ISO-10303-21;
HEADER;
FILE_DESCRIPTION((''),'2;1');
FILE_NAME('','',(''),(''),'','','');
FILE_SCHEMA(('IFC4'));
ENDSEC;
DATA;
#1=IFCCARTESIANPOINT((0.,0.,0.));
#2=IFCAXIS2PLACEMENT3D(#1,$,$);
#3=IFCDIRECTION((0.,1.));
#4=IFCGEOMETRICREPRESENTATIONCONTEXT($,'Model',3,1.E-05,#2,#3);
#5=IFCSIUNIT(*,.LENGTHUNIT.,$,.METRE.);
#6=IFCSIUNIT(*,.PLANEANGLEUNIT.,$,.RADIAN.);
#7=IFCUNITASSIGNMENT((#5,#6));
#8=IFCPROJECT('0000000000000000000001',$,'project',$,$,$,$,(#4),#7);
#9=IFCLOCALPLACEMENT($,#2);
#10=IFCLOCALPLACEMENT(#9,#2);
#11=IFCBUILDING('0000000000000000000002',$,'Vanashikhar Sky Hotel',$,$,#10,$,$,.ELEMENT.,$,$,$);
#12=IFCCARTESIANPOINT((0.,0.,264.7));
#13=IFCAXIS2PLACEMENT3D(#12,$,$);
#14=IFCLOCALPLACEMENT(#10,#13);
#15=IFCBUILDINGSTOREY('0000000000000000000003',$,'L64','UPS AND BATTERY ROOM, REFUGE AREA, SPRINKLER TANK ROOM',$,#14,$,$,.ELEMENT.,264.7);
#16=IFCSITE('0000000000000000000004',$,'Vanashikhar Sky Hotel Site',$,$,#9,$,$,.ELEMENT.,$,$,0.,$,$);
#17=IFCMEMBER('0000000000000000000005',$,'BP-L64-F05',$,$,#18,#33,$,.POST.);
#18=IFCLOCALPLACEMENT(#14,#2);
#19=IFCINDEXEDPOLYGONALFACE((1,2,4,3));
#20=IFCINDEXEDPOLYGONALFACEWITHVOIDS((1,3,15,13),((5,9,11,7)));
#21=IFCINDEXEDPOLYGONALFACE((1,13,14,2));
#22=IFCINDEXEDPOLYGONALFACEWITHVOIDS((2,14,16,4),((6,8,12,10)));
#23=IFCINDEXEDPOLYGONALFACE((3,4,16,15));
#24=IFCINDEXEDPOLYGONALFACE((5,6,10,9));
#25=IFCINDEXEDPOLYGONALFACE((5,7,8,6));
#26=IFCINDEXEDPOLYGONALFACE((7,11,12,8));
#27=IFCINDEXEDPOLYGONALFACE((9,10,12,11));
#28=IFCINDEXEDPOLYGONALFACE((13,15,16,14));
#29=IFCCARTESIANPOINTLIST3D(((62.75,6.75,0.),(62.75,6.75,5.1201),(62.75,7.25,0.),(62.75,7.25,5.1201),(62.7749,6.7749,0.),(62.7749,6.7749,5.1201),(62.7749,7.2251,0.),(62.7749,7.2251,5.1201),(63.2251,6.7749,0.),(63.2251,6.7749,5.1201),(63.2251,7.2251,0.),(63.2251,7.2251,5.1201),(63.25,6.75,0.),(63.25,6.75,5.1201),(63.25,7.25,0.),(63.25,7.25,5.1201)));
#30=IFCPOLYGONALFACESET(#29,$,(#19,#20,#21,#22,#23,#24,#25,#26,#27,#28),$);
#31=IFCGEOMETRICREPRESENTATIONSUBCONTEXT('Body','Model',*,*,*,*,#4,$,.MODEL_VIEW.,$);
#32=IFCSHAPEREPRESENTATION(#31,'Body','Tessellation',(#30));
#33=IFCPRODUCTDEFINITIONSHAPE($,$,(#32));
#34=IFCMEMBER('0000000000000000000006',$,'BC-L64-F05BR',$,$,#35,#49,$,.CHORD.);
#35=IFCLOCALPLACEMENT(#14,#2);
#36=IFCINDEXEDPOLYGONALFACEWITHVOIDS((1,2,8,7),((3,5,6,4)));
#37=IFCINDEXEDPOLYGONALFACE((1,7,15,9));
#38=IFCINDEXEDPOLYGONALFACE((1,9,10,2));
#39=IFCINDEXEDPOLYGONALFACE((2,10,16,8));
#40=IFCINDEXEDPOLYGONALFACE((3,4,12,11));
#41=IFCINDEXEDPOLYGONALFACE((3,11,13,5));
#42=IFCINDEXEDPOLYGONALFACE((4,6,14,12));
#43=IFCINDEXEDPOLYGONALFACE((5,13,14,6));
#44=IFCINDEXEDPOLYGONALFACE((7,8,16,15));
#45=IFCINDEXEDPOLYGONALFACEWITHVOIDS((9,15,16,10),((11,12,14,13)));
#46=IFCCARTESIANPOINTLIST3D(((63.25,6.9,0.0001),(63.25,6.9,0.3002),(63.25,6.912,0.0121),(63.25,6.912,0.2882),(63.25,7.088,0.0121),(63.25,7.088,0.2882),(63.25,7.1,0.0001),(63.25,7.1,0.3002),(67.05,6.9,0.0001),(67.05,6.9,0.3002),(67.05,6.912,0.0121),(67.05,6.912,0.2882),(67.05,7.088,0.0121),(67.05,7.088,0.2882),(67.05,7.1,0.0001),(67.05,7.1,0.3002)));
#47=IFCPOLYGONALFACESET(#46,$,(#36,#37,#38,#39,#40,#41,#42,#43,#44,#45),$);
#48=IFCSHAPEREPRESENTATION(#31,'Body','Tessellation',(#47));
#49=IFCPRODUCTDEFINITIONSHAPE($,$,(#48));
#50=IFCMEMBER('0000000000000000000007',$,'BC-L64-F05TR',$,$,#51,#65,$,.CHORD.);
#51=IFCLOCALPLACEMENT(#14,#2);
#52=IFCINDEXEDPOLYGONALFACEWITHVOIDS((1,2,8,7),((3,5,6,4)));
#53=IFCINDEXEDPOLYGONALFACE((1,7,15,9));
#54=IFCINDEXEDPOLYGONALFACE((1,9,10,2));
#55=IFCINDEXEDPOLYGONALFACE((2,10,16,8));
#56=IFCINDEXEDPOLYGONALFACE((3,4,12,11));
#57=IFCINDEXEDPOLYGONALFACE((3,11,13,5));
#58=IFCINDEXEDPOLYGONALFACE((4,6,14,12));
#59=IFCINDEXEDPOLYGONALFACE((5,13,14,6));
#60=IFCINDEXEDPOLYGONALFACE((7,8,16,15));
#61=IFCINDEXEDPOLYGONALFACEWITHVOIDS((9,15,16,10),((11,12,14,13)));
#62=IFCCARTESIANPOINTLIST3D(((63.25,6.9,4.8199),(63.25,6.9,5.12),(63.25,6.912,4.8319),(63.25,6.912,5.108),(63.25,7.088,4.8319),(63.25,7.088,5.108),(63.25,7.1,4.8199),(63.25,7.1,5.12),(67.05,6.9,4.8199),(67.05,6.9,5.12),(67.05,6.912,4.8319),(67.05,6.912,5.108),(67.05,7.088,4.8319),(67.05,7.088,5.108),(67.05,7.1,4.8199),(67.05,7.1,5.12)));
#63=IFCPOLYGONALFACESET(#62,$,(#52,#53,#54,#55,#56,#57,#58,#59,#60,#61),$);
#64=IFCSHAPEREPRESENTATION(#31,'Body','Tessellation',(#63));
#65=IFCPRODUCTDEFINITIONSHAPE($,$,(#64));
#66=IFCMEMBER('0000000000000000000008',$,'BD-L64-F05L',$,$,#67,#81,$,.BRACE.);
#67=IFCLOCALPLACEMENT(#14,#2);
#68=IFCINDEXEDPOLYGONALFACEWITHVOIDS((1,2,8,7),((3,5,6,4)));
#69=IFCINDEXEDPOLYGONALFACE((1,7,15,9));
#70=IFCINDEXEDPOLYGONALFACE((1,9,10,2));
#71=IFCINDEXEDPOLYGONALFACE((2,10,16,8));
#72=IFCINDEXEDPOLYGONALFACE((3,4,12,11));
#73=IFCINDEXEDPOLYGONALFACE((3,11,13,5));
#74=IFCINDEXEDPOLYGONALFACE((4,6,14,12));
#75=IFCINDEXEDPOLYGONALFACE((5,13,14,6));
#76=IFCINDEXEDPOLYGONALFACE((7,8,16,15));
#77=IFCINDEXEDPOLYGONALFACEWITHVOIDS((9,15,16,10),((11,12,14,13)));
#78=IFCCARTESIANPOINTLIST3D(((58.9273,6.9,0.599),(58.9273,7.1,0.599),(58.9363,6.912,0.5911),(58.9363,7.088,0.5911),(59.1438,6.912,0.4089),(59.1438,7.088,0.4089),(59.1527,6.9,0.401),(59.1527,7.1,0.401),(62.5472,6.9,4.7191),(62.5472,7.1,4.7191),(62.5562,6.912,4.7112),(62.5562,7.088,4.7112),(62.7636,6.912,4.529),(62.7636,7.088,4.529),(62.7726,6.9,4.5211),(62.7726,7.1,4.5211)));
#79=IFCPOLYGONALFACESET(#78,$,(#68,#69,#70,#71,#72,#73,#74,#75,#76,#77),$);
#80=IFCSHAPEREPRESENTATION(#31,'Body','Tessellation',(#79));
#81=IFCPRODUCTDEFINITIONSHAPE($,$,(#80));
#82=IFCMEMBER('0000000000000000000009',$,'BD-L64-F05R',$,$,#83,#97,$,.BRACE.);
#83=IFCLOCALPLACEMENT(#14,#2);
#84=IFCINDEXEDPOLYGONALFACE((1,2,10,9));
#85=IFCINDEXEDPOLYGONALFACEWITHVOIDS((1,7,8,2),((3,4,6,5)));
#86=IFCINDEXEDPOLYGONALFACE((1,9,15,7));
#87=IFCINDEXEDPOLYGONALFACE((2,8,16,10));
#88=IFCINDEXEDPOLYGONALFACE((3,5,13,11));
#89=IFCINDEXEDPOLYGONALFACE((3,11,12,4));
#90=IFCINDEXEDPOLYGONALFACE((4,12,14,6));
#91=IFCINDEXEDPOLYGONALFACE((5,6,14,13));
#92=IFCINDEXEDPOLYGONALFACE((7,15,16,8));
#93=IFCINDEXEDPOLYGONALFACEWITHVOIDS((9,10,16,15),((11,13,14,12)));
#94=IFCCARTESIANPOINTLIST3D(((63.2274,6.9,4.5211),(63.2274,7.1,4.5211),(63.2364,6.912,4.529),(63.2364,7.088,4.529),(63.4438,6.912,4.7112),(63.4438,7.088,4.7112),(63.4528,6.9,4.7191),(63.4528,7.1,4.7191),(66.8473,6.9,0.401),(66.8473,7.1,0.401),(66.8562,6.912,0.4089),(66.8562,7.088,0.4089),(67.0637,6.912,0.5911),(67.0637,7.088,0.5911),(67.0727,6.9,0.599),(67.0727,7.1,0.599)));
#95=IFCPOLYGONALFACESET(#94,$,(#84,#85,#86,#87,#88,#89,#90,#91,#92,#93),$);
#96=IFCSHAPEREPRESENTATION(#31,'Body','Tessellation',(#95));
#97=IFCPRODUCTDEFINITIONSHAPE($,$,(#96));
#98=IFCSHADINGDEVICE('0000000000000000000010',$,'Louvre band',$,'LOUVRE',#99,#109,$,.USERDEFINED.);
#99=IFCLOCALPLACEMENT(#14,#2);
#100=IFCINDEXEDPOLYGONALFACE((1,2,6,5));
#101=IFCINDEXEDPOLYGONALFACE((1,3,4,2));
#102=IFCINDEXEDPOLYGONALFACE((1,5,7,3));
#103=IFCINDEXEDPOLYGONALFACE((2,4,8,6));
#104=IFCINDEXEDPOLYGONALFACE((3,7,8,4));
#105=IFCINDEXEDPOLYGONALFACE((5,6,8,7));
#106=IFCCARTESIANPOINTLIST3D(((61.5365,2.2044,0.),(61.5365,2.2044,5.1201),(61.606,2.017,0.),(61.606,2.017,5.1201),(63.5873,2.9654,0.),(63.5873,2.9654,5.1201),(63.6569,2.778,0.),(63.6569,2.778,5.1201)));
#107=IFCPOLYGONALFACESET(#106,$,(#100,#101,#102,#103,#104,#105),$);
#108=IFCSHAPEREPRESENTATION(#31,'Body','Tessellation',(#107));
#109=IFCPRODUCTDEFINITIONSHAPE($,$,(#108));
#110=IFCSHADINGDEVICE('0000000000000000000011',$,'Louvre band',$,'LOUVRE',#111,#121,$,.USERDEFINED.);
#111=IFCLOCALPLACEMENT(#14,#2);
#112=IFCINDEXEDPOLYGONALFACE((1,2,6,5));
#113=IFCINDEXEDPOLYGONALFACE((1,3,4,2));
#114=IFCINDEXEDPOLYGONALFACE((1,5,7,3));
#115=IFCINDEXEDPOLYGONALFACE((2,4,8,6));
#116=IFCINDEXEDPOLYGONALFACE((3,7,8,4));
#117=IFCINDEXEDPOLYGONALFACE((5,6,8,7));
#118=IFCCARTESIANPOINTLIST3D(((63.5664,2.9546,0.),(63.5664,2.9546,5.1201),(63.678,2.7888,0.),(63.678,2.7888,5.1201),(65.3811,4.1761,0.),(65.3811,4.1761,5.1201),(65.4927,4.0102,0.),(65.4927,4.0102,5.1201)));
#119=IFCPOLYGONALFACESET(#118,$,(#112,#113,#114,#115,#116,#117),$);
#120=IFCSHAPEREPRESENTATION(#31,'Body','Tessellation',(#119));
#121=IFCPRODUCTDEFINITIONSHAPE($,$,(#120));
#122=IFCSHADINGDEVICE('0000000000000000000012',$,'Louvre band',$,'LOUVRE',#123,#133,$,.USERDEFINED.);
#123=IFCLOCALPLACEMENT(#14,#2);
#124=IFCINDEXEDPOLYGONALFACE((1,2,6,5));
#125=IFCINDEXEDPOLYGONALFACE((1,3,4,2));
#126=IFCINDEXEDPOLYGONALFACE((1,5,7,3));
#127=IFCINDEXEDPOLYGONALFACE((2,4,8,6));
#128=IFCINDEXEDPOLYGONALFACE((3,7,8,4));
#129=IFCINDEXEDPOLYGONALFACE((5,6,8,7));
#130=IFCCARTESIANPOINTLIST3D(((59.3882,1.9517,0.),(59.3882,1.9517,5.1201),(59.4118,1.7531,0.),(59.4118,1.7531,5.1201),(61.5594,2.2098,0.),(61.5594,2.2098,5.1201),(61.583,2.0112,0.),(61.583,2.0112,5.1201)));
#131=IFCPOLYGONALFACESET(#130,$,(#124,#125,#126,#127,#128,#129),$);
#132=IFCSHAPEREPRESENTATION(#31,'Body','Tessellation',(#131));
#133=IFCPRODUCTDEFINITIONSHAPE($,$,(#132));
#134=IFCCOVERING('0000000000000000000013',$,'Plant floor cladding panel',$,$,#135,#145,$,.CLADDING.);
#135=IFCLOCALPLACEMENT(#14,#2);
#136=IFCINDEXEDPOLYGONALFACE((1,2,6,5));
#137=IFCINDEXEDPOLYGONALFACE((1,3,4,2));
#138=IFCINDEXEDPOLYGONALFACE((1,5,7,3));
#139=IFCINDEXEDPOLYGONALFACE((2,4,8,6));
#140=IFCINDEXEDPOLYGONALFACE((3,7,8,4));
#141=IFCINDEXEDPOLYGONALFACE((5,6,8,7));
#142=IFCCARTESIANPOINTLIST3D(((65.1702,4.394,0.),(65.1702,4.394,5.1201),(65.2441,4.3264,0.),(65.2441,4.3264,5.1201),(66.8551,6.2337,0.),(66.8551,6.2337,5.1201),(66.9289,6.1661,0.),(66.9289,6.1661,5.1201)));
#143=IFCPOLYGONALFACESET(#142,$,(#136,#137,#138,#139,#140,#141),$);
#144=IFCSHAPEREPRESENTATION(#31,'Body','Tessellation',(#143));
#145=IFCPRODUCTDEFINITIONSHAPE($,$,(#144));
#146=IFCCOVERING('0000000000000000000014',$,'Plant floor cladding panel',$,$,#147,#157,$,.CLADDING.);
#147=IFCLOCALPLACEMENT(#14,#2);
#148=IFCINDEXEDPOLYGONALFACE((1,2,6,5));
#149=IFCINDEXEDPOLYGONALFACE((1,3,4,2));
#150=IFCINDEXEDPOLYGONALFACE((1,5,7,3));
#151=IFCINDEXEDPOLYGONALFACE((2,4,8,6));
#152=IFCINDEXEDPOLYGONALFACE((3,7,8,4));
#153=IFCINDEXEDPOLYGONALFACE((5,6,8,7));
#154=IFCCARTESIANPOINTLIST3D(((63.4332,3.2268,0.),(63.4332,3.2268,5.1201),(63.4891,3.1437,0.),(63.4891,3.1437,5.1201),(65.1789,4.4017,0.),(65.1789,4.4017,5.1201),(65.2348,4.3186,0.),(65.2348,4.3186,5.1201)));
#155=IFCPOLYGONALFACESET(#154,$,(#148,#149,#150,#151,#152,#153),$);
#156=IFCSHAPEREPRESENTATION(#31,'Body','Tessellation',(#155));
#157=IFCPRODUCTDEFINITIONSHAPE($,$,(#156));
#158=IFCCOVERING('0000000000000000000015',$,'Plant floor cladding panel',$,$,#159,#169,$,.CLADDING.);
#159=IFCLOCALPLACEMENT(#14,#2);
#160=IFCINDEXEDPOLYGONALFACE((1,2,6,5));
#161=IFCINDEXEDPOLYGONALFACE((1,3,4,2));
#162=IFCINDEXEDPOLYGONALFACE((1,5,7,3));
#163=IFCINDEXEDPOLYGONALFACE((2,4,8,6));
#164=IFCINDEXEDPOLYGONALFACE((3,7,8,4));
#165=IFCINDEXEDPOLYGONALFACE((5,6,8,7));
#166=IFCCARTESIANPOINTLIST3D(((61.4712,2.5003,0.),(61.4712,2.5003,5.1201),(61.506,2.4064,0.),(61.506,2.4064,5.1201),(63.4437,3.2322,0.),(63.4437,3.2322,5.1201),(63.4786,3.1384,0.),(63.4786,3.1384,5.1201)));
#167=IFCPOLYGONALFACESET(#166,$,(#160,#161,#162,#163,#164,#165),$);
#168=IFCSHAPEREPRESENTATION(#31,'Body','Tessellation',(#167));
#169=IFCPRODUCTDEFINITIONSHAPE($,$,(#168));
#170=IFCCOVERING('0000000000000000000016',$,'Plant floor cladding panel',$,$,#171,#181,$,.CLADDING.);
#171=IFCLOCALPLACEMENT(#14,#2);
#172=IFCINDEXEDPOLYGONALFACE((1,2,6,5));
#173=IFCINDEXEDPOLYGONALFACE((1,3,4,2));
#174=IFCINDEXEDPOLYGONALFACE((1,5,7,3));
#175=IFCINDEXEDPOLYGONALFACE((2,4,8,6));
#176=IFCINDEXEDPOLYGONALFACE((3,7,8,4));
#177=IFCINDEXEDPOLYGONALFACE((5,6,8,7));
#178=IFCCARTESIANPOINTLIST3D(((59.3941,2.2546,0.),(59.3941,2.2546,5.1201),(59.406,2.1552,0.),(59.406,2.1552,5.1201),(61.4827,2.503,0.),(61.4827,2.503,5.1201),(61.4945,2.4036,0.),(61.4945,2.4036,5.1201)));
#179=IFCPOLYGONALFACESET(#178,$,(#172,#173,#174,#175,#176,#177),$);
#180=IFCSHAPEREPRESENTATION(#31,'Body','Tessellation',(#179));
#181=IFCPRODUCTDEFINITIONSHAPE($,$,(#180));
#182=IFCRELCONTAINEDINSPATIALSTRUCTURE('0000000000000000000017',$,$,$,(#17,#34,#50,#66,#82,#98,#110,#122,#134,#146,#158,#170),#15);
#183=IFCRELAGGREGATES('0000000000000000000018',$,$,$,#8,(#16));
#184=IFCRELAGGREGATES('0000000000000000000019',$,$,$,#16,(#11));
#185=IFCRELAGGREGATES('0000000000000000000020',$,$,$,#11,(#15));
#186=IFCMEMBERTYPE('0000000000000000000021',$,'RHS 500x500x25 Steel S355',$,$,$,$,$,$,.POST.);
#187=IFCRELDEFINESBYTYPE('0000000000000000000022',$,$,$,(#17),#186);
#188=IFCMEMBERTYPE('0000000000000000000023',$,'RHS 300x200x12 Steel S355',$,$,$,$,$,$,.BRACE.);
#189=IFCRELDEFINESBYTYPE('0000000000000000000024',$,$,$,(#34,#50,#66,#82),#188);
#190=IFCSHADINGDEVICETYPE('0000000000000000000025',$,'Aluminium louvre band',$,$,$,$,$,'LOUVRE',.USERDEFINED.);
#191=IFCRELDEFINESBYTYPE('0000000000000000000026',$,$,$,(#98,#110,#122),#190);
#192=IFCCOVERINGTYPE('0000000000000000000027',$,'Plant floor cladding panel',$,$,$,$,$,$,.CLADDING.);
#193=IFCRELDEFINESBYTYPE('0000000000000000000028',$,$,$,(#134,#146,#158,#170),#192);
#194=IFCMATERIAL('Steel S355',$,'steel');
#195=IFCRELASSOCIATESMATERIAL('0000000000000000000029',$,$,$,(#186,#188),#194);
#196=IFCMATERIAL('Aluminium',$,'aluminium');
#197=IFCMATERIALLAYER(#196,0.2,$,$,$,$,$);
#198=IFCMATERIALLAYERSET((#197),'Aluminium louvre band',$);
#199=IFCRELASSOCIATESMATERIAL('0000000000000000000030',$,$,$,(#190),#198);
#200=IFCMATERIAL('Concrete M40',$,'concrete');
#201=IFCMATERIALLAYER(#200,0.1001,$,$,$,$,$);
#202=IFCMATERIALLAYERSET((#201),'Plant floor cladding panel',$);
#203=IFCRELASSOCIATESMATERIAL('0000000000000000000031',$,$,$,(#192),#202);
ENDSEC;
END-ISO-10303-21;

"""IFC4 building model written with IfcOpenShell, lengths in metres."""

from ifc_helpers import new_model, si_unit, direction, frame, origin, origin_2d, place, context, subcontext, project, spatial, rectangle, hollow_rectangle, extrude, source, transform, mapped, material, layer, layer_set, material_profile, profile_set, type_object, element, save


model = new_model("IFC4")

# Units and contexts
model_context = context("Model", 3, precision=1e-05, world=origin(), true_north=direction((0.0, 1.0)))
body_context = subcontext(model_context, "Body", "Model", "MODEL_VIEW")
ifc_project = project(units=[si_unit("LENGTHUNIT", "METRE"), si_unit("PLANEANGLEUNIT", "RADIAN")], contexts=[model_context])

# Site, building, storey
site_placement = place(None, origin())
site = spatial("IfcSite", under=ifc_project, at=site_placement, Name="Vanashikhar Sky Hotel Site", CompositionType="ELEMENT", RefElevation=0.0)
building_placement = place(site_placement, origin())
building = spatial("IfcBuilding", under=site, at=building_placement, Name="Vanashikhar Sky Hotel", CompositionType="ELEMENT")
storey_placement = place(building_placement, frame((0.0, 0.0, 264.7)))
storey = spatial("IfcBuildingStorey", under=building, at=storey_placement, Name="L64", Description="UPS AND BATTERY ROOM, REFUGE AREA, SPRINKLER TANK ROOM", CompositionType="ELEMENT", Elevation=264.7)

# Members
ifc_material_1 = material(Name="Steel S355", Category="steel")
ifc_material_profile_1 = material_profile(ifc_material_1, hollow_rectangle(XDim=0.5, YDim=0.5, WallThickness=0.0249, at=origin_2d()))
ifc_profile_set_1 = profile_set([ifc_material_profile_1], Name="RHS 500x500x25 Steel S355")
member_type_1 = type_object("IfcMemberType", Name="RHS 500x500x25 Steel S355", PredefinedType="POST", material=ifc_profile_set_1)
shared_shape_1 = source(origin(), body_context, "Body", "SweptSolid", [
    extrude(hollow_rectangle(XDim=0.5, YDim=0.5, WallThickness=0.0249, at=origin_2d()), origin(), (0.0, 0.0, 1.0), 5.1201),
])
member_placement = place(storey_placement, frame((63.0, 7.0, 0.0), z_axis=(0.0, 0.0, 1.0), x_axis=(1.0, 0.0, 0.0)))
element("IfcMember", 1, at=member_placement, inside=storey, type_object=member_type_1, Name="BP-L64-F05", PredefinedType="POST", context=body_context, shape_type="MappedRepresentation", body=[
    mapped(shared_shape_1, transform((0.0, 0.0, 0.0), scale=1.0)),
])
ifc_material_profile_2 = material_profile(ifc_material_1, hollow_rectangle(XDim=0.2, YDim=0.3, WallThickness=0.012, at=origin_2d()))
ifc_profile_set_2 = profile_set([ifc_material_profile_2], Name="RHS 300x200x12 Steel S355")
member_type_2 = type_object("IfcMemberType", Name="RHS 300x200x12 Steel S355", PredefinedType="BRACE", material=ifc_profile_set_2)
shared_shape_2 = source(origin(), body_context, "Body", "SweptSolid", [
    extrude(hollow_rectangle(XDim=0.2, YDim=0.3, WallThickness=0.012, at=origin_2d()), origin(), (0.0, 0.0, 1.0), 3.8),
])
for number, where, z_axis, x_axis, name in (
    (2, (63.25, 7.0, 0.1501), (1.0, 0.0, 0.0), (0.0, 1.0, 0.0), "BC-L64-F05BR"),
    (3, (63.25, 7.0, 4.97), (1.0, 0.0, 0.0), (0.0, 1.0, 0.0), "BC-L64-F05TR"),
):
    element("IfcMember", number, at=place(storey_placement, frame(where, z_axis=z_axis, x_axis=x_axis)), inside=storey, type_object=member_type_2, Name=name, PredefinedType="CHORD", context=body_context, shape_type="MappedRepresentation", body=[
        mapped(shared_shape_2, transform((0.0, 0.0, 0.0), scale=1.0)),
    ])
shared_shape_3 = source(origin(), body_context, "Body", "SweptSolid", [
    extrude(hollow_rectangle(XDim=0.2, YDim=0.3, WallThickness=0.012, at=origin_2d()), origin(), (0.0, 0.0, 1.0), 5.4844),
])
for number, where, z_axis, x_axis, name in (
    (4, (59.04, 7.0, 0.5), (0.660029, 0.0, 0.75124), (0.0, 1.0, 0.0), "BD-L64-F05L"),
    (5, (66.96, 7.0, 0.5), (-0.660029, 0.0, 0.75124), (0.0, -1.0, 0.0), "BD-L64-F05R"),
):
    element("IfcMember", number, at=place(storey_placement, frame(where, z_axis=z_axis, x_axis=x_axis)), inside=storey, type_object=member_type_2, Name=name, PredefinedType="BRACE", context=body_context, shape_type="MappedRepresentation", body=[
        mapped(shared_shape_3, transform((0.0, 0.0, 0.0), scale=1.0)),
    ])

# Shading devices
ifc_material_2 = material(Name="Aluminium", Category="aluminium")
ifc_layer_1 = layer(ifc_material_2, 0.2)
ifc_layer_set_1 = layer_set([ifc_layer_1], Name="Aluminium louvre band")
shading_device_type = type_object("IfcShadingDeviceType", Name="Aluminium louvre band", ElementType="LOUVRE", PredefinedType="USERDEFINED", material=ifc_layer_set_1)
shared_shape_4 = source(origin(), body_context, "Body", "SweptSolid", [
    extrude(rectangle(XDim=2.1875, YDim=0.2, at=origin_2d()), origin(), (0.0, 0.0, 1.0), 5.1201),
])
for number, where, z_axis, x_axis, name in (
    (6, (62.5967, 2.4912, 0.0), (0.0, 0.0, 1.0), (0.937537, 0.347885, 0.0), "Louvre band"),
    (7, (64.5295, 3.4824, 0.0), (0.0, 0.0, 1.0), (0.829584, 0.558382, 0.0), "Louvre band"),
):
    element("IfcShadingDevice", number, at=place(storey_placement, frame(where, z_axis=z_axis, x_axis=x_axis)), inside=storey, type_object=shading_device_type, Name=name, ObjectType="LOUVRE", PredefinedType="USERDEFINED", context=body_context, shape_type="MappedRepresentation", body=[
        mapped(shared_shape_4, transform((0.0, 0.0, 0.0), scale=1.0)),
    ])
shared_shape_5 = source(origin(), body_context, "Body", "SweptSolid", [
    extrude(rectangle(XDim=2.1865, YDim=0.2, at=origin_2d()), origin(), (0.0, 0.0, 1.0), 5.1201),
])
shading_device_1_placement = place(storey_placement, frame((60.4856, 1.9814, 0.0), z_axis=(0.0, 0.0, 1.0), x_axis=(0.993009, 0.11804, 0.0)))
element("IfcShadingDevice", 8, at=shading_device_1_placement, inside=storey, type_object=shading_device_type, Name="Louvre band", ObjectType="LOUVRE", PredefinedType="USERDEFINED", context=body_context, shape_type="MappedRepresentation", body=[
    mapped(shared_shape_5, transform((0.0, 0.0, 0.0), scale=1.0)),
])

# Coverings
ifc_material_3 = material(Name="Concrete M40", Category="concrete")
ifc_layer_2 = layer(ifc_material_3, 0.1001)
ifc_layer_set_2 = layer_set([ifc_layer_2], Name="Plant floor cladding panel")
covering_type_1 = type_object("IfcCoveringType", Name="Plant floor cladding panel", PredefinedType="CLADDING", material=ifc_layer_set_2)
shared_shape_6 = source(origin(), body_context, "Body", "SweptSolid", [
    extrude(rectangle(XDim=2.4946, YDim=0.1001, at=origin_2d()), origin(), (0.0, 0.0, 1.0), 5.1201),
])
covering_1_placement = place(storey_placement, frame((66.0496, 5.28, 0.0), z_axis=(0.0, 0.0, 1.0), x_axis=(0.675384, 0.737466, 0.0)))
element("IfcCovering", 9, at=covering_1_placement, inside=storey, type_object=covering_type_1, Name="Plant floor cladding panel", PredefinedType="CLADDING", context=body_context, shape_type="MappedRepresentation", body=[
    mapped(shared_shape_6, transform((0.0, 0.0, 0.0), scale=1.0)),
])
shared_shape_7 = source(origin(), body_context, "Body", "SweptSolid", [
    extrude(rectangle(XDim=2.1042, YDim=0.1001, at=origin_2d()), origin(), (0.0, 0.0, 1.0), 5.1201),
])
covering_2_placement = place(storey_placement, frame((64.334, 3.7727, 0.0), z_axis=(0.0, 0.0, 1.0), x_axis=(0.829603, 0.558353, 0.0)))
element("IfcCovering", 10, at=covering_2_placement, inside=storey, type_object=covering_type_1, Name="Plant floor cladding panel", PredefinedType="CLADDING", context=body_context, shape_type="MappedRepresentation", body=[
    mapped(shared_shape_7, transform((0.0, 0.0, 0.0), scale=1.0)),
])
shared_shape_8 = source(origin(), body_context, "Body", "SweptSolid", [
    extrude(rectangle(XDim=2.104, YDim=0.1001, at=origin_2d()), origin(), (0.0, 0.0, 1.0), 5.1201),
])
covering_3_placement = place(storey_placement, frame((62.4749, 2.8193, 0.0), z_axis=(0.0, 0.0, 1.0), x_axis=(0.937537, 0.347885, 0.0)))
element("IfcCovering", 11, at=covering_3_placement, inside=storey, type_object=covering_type_1, Name="Plant floor cladding panel", PredefinedType="CLADDING", context=body_context, shape_type="MappedRepresentation", body=[
    mapped(shared_shape_8, transform((0.0, 0.0, 0.0), scale=1.0)),
])
shared_shape_9 = source(origin(), body_context, "Body", "SweptSolid", [
    extrude(rectangle(XDim=2.1033, YDim=0.1001, at=origin_2d()), origin(), (0.0, 0.0, 1.0), 5.1201),
])
covering_4_placement = place(storey_placement, frame((60.4443, 2.3291, 0.0), z_axis=(0.0, 0.0, 1.0), x_axis=(0.993003, 0.118092, 0.0)))
element("IfcCovering", 12, at=covering_4_placement, inside=storey, type_object=covering_type_1, Name="Plant floor cladding panel", PredefinedType="CLADDING", context=body_context, shape_type="MappedRepresentation", body=[
    mapped(shared_shape_9, transform((0.0, 0.0, 0.0), scale=1.0)),
])

save(model, "model.ifc")
